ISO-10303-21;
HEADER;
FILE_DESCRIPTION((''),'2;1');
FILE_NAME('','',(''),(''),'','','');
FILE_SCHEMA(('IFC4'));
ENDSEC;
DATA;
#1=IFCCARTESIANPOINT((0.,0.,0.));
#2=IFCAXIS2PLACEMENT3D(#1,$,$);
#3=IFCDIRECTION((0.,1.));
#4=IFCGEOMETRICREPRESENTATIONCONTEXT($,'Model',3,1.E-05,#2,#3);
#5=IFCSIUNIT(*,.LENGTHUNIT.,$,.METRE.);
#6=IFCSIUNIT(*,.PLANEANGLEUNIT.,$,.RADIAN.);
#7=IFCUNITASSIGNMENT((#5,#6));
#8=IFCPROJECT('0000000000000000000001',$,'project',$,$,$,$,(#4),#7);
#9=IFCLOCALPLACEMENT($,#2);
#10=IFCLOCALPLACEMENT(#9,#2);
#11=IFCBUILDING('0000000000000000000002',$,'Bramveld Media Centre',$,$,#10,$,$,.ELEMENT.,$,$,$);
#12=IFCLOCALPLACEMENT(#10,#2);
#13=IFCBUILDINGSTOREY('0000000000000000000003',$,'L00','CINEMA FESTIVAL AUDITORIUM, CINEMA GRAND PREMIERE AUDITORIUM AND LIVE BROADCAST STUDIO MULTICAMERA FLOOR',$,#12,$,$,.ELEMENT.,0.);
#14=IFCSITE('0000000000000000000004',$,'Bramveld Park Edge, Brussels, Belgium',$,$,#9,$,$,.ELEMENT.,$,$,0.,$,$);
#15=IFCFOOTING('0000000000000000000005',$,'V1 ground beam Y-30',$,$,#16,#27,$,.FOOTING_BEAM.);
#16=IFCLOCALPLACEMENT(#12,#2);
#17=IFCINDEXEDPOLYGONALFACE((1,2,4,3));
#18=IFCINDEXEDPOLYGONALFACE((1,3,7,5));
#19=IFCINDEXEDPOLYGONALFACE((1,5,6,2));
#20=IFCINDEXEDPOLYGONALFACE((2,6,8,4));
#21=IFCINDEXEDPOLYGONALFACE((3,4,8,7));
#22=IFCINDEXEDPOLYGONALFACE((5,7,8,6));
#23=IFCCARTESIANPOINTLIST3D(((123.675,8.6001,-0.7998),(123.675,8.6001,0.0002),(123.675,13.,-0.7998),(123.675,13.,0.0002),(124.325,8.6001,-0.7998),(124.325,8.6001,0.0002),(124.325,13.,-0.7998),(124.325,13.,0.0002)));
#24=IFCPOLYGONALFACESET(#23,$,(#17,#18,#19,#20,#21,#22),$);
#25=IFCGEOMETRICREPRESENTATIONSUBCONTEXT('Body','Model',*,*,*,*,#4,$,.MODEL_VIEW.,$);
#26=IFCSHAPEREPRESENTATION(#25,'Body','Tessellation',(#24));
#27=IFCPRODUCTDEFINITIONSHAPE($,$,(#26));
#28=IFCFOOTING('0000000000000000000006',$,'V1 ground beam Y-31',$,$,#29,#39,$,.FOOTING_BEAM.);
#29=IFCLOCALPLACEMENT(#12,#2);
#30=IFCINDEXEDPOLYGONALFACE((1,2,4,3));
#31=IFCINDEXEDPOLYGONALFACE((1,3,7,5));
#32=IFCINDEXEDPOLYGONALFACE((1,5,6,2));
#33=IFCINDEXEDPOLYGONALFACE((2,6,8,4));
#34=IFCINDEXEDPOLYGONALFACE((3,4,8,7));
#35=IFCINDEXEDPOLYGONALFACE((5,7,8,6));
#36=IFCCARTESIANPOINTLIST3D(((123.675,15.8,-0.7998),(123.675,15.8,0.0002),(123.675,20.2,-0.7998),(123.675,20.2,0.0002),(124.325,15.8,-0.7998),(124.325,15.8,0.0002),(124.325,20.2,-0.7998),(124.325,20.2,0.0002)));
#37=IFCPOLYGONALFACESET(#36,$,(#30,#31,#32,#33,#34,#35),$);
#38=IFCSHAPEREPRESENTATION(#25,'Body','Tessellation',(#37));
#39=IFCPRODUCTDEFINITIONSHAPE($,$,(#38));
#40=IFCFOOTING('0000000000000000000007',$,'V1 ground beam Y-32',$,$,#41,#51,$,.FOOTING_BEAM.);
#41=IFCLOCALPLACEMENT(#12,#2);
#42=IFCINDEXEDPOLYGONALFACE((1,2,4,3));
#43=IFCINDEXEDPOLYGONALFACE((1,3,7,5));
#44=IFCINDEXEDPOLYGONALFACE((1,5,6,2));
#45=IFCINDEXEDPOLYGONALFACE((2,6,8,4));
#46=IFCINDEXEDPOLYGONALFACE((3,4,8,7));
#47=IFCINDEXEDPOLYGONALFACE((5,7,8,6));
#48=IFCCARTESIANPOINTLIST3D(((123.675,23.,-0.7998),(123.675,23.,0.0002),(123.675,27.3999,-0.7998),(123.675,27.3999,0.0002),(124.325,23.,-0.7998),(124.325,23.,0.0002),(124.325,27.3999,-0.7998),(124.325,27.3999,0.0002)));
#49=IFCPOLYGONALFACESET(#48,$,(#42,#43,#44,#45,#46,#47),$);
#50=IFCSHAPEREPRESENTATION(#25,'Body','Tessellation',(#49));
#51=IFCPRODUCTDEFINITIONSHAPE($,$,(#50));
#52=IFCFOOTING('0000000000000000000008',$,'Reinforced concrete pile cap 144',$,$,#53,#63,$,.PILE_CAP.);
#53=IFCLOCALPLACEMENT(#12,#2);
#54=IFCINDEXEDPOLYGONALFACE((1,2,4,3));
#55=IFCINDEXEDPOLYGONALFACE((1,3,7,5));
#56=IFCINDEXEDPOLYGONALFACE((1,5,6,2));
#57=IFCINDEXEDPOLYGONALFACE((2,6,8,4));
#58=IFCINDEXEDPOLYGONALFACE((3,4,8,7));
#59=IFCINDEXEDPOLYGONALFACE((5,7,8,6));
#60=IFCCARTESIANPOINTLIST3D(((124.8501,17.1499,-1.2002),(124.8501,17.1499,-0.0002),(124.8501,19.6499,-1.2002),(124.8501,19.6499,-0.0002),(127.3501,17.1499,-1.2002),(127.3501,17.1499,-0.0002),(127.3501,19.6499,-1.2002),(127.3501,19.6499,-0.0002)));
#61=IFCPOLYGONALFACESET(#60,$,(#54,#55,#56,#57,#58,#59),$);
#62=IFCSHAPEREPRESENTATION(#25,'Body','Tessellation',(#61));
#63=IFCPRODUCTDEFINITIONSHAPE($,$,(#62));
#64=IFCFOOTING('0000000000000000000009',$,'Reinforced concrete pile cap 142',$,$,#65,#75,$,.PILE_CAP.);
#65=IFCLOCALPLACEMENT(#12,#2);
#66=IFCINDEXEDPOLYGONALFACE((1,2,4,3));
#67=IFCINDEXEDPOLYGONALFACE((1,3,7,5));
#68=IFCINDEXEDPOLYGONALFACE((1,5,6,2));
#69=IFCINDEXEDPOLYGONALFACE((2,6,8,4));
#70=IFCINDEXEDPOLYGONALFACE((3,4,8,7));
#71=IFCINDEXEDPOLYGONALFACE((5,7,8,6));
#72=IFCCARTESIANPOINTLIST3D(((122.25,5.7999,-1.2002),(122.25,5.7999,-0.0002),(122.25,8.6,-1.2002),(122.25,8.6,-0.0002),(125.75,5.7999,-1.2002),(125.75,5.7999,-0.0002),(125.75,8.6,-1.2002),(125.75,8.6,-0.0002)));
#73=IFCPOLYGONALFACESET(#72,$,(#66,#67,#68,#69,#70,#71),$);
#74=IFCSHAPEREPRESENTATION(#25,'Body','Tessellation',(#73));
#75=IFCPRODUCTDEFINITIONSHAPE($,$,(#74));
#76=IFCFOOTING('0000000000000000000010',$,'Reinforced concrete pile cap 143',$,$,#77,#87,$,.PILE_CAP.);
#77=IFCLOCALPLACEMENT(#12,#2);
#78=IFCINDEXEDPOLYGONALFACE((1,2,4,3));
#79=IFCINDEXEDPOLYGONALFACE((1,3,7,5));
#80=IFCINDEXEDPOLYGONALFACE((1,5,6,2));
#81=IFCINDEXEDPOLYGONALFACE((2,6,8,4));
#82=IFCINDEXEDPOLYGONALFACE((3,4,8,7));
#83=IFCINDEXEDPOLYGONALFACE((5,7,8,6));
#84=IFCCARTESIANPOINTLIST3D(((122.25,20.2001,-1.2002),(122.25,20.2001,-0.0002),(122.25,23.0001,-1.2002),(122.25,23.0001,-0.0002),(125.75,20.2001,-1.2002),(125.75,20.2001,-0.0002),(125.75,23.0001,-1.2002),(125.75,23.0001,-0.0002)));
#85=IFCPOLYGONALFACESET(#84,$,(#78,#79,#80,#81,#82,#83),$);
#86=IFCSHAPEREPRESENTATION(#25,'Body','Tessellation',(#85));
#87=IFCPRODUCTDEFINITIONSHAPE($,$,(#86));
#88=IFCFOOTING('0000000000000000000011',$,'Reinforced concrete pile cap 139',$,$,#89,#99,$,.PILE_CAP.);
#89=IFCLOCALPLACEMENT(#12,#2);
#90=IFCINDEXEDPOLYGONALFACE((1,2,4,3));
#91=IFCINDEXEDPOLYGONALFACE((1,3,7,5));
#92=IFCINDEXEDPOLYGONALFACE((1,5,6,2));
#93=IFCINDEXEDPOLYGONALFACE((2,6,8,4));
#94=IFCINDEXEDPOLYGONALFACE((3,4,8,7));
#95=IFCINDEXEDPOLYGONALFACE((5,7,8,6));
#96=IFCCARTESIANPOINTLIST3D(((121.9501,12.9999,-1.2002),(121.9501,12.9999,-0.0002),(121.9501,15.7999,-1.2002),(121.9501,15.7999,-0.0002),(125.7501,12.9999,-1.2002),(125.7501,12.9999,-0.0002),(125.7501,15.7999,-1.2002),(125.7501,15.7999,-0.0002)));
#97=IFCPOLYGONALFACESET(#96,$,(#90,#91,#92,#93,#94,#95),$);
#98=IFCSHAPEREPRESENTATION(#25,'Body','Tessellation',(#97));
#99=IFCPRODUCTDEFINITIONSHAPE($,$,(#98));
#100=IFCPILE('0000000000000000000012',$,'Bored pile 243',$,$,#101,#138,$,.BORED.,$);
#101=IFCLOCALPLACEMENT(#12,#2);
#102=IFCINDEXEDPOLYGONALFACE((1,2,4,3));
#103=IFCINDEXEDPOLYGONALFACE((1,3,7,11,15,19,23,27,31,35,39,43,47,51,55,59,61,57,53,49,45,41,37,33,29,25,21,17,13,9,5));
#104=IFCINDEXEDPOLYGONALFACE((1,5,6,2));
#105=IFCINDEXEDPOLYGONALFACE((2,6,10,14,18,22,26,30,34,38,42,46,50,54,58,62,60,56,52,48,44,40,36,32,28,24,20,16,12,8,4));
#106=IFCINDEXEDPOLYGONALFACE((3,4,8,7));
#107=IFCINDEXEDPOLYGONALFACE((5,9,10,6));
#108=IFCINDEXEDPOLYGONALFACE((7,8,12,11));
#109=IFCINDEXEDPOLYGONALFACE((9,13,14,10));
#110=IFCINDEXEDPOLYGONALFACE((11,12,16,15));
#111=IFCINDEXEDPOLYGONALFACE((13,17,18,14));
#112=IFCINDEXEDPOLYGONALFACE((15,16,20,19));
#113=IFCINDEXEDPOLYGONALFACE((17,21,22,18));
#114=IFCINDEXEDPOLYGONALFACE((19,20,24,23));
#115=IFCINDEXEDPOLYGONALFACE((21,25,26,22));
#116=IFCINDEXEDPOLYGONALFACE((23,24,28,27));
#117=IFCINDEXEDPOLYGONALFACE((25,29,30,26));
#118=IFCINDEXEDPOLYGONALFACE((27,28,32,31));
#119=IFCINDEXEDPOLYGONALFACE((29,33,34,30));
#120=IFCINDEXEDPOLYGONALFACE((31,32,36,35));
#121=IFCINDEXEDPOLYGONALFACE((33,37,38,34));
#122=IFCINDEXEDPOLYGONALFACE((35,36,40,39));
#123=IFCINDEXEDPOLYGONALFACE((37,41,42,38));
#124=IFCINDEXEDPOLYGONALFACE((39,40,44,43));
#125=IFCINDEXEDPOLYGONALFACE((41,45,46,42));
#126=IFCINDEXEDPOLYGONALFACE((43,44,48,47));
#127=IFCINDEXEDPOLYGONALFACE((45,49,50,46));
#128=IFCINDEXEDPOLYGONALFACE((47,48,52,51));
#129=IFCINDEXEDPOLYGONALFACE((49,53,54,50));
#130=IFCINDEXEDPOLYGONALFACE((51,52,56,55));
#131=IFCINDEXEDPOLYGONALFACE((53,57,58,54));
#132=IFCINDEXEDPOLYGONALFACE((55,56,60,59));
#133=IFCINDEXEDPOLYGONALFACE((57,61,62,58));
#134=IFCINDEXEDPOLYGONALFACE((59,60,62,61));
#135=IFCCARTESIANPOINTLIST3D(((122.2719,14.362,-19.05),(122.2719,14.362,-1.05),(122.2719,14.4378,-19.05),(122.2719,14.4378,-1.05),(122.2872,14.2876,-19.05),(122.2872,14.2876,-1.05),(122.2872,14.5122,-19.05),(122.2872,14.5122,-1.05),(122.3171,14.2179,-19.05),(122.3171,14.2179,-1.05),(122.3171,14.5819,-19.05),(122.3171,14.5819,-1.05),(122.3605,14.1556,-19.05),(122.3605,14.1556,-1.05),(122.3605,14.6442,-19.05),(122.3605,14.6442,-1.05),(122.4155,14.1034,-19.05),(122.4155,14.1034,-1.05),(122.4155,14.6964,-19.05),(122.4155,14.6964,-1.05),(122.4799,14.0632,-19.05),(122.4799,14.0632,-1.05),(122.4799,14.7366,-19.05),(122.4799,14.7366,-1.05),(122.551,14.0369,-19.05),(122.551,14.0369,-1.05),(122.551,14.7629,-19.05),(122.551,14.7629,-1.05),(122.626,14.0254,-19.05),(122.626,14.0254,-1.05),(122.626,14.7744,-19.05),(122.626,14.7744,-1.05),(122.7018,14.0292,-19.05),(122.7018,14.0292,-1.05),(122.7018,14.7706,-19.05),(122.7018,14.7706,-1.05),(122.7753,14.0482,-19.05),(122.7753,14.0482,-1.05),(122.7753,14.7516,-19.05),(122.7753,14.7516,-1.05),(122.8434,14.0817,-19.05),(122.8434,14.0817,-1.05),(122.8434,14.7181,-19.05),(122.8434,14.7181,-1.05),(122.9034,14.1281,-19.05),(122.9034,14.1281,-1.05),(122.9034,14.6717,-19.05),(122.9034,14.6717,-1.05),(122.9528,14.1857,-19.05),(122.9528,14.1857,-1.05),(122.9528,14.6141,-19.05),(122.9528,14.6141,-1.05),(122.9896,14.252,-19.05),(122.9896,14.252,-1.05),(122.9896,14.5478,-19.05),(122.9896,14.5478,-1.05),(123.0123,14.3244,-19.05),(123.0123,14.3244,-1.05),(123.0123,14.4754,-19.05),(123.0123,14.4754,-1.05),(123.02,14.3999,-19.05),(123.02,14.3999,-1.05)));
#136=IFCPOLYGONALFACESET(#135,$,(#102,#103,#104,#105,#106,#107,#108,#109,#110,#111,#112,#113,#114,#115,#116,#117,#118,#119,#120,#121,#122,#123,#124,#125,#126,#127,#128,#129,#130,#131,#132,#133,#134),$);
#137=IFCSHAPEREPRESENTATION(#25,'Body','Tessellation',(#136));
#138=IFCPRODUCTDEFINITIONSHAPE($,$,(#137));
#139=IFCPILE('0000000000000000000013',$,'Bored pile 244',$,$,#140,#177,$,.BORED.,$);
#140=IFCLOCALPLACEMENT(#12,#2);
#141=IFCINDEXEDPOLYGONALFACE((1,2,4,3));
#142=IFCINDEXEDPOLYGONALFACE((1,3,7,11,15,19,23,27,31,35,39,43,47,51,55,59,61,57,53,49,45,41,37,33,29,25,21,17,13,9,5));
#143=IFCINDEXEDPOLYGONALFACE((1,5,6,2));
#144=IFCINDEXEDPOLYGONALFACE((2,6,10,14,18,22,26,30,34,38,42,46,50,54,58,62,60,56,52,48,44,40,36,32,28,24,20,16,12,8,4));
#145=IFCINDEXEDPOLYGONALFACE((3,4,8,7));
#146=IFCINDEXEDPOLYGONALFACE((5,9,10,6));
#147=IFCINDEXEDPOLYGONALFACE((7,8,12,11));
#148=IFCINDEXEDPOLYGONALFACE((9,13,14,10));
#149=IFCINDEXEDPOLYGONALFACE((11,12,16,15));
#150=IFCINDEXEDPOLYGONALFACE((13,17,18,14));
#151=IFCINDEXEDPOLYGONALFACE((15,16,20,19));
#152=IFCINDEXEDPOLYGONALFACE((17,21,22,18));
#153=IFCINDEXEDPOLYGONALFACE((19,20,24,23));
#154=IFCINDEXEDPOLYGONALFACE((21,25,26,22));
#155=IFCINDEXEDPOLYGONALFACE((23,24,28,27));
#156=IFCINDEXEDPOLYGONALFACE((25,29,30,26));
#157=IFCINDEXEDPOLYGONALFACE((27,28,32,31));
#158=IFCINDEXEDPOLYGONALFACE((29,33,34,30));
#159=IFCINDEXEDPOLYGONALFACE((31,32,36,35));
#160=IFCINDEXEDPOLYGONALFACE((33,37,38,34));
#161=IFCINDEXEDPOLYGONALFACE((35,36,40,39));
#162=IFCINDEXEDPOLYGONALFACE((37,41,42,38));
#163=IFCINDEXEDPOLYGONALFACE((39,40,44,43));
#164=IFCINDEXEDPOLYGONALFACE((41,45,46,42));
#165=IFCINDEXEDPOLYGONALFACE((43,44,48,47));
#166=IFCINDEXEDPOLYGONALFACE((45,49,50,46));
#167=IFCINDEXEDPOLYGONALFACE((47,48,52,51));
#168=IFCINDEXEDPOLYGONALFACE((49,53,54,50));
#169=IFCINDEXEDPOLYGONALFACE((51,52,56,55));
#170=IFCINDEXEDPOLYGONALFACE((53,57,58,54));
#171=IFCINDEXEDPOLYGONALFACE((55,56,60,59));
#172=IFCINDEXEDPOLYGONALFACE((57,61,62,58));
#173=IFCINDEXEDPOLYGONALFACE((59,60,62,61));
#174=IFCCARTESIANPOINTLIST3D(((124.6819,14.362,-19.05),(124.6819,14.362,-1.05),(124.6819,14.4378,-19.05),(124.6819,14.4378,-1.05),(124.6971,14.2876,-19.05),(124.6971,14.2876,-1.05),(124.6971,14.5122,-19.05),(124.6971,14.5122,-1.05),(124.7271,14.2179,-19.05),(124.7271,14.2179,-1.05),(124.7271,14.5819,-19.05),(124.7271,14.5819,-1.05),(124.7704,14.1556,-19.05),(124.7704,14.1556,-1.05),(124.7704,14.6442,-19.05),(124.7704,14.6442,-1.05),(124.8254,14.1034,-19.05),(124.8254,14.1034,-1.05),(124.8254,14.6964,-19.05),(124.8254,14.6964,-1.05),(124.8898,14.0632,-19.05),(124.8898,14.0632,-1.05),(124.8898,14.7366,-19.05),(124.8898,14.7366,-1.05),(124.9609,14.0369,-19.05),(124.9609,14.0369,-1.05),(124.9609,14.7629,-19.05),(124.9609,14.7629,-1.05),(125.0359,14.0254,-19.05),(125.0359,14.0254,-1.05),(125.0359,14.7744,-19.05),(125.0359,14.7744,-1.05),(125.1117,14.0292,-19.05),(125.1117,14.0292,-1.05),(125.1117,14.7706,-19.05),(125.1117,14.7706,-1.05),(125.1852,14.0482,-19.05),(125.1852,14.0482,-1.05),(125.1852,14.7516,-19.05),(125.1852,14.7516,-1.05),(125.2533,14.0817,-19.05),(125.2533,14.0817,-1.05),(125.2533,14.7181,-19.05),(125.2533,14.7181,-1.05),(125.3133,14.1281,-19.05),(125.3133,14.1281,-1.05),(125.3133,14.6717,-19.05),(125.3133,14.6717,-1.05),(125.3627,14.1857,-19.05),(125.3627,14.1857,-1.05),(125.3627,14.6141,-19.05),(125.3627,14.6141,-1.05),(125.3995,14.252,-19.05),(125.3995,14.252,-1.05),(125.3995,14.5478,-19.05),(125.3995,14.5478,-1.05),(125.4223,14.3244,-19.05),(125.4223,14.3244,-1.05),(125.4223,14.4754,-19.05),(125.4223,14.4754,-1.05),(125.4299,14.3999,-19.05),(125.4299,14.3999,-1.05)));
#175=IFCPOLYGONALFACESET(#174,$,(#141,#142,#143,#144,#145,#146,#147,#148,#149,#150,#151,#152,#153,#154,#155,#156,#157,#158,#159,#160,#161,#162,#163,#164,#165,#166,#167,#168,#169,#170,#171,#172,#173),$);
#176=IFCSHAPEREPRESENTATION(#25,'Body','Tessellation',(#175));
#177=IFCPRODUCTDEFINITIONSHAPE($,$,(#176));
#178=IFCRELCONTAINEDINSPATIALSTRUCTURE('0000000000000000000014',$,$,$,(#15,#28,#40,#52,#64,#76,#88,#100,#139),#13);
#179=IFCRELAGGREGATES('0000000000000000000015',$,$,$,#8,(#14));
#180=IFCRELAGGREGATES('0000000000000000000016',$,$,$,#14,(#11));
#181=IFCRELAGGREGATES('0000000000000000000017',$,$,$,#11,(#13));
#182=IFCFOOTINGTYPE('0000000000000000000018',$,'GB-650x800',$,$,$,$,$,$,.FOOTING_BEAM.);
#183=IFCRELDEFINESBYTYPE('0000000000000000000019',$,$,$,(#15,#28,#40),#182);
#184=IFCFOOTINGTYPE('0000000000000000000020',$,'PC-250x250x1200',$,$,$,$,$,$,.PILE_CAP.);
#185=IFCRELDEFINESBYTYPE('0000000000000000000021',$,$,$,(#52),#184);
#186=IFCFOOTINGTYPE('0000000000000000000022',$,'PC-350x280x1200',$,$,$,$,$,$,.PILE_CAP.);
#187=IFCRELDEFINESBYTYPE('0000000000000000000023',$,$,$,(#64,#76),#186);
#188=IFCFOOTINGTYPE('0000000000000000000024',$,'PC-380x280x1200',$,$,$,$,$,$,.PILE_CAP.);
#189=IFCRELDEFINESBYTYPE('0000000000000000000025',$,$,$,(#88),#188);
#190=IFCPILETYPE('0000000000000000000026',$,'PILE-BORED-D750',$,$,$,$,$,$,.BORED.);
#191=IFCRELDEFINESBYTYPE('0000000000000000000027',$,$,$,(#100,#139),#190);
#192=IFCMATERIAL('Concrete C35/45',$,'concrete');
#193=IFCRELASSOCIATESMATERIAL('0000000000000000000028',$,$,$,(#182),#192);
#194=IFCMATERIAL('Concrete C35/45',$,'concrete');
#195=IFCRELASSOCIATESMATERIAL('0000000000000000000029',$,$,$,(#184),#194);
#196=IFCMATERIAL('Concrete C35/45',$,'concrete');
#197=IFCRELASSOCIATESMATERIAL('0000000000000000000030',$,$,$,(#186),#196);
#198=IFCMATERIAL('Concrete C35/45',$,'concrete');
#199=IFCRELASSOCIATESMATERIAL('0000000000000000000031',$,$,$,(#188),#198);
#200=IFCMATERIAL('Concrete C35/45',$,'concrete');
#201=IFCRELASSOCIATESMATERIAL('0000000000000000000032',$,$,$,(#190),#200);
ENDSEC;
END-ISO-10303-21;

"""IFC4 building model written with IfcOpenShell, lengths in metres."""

from ifc_helpers import new_model, si_unit, direction, frame, origin, origin_2d, place, context, subcontext, project, spatial, rectangle, circle, extrude, material, material_profile, profile_set, type_object, element, save


model = new_model("IFC4")

# Units and contexts
model_context = context("Model", 3, precision=1e-05, world=origin(), true_north=direction((0.0, 1.0)))
body_context = subcontext(model_context, "Body", "Model", "MODEL_VIEW")
ifc_project = project(units=[si_unit("LENGTHUNIT", "METRE"), si_unit("PLANEANGLEUNIT", "RADIAN")], contexts=[model_context])

# Site, building, storey
site_placement = place(None, origin())
site = spatial("IfcSite", under=ifc_project, at=site_placement, Name="Bramveld Park Edge, Brussels, Belgium", CompositionType="ELEMENT", RefElevation=0.0)
building_placement = place(site_placement, origin())
building = spatial("IfcBuilding", under=site, at=building_placement, Name="Bramveld Media Centre", CompositionType="ELEMENT")
storey_placement = place(building_placement, origin())
storey = spatial("IfcBuildingStorey", under=building, at=storey_placement, Name="L00", Description="CINEMA FESTIVAL AUDITORIUM, CINEMA GRAND PREMIERE AUDITORIUM AND LIVE BROADCAST STUDIO MULTICAMERA FLOOR", CompositionType="ELEMENT", Elevation=0.0)

# Footings
ifc_material_1 = material(Name="Concrete C35/45", Category="concrete")
footing_type_1 = type_object("IfcFootingType", Name="GB-650x800", PredefinedType="FOOTING_BEAM", material=ifc_material_1)
for number, where, z_axis, x_axis, name in (
    (1, (124.0, 10.8, -0.7998), (0.0, 0.0, 1.0), (1.0, 0.0, 0.0), "V1 ground beam Y-30"),
    (2, (124.0, 18.0, -0.7998), (0.0, 0.0, 1.0), (1.0, 0.0, 0.0), "V1 ground beam Y-31"),
    (3, (124.0, 25.2, -0.7998), (0.0, 0.0, 1.0), (1.0, 0.0, 0.0), "V1 ground beam Y-32"),
):
    element("IfcFooting", number, at=place(storey_placement, frame(where, z_axis=z_axis, x_axis=x_axis)), inside=storey, type_object=footing_type_1, Name=name, PredefinedType="FOOTING_BEAM", context=body_context, shape_type="SweptSolid", body=[
        extrude(rectangle(XDim=0.6499, YDim=4.3999, at=origin_2d()), origin(), (0.0, 0.0, 1.0), 0.8),
    ])
ifc_material_2 = material(Name="Concrete C35/45", Category="concrete")
footing_type_2 = type_object("IfcFootingType", Name="PC-250x250x1200", PredefinedType="PILE_CAP", material=ifc_material_2)
footing_1_placement = place(storey_placement, frame((126.1001, 18.3999, -1.2002), z_axis=(0.0, 0.0, 1.0), x_axis=(1.0, 0.0, 0.0)))
element("IfcFooting", 4, at=footing_1_placement, inside=storey, type_object=footing_type_2, Name="Reinforced concrete pile cap 144", PredefinedType="PILE_CAP", context=body_context, shape_type="SweptSolid", body=[
    extrude(rectangle(XDim=2.5, YDim=2.5, at=origin_2d()), origin(), (0.0, 0.0, 1.0), 1.2),
])
ifc_material_3 = material(Name="Concrete C35/45", Category="concrete")
footing_type_3 = type_object("IfcFootingType", Name="PC-350x280x1200", PredefinedType="PILE_CAP", material=ifc_material_3)
for number, where, z_axis, x_axis, name in (
    (5, (124.0, 7.2, -1.2002), (0.0, 0.0, 1.0), (1.0, 0.0, 0.0), "Reinforced concrete pile cap 142"),
    (6, (124.0, 21.6001, -1.2002), (0.0, 0.0, 1.0), (1.0, 0.0, 0.0), "Reinforced concrete pile cap 143"),
):
    element("IfcFooting", number, at=place(storey_placement, frame(where, z_axis=z_axis, x_axis=x_axis)), inside=storey, type_object=footing_type_3, Name=name, PredefinedType="PILE_CAP", context=body_context, shape_type="SweptSolid", body=[
        extrude(rectangle(XDim=3.5, YDim=2.8, at=origin_2d()), origin(), (0.0, 0.0, 1.0), 1.2),
    ])
ifc_material_4 = material(Name="Concrete C35/45", Category="concrete")
footing_type_4 = type_object("IfcFootingType", Name="PC-380x280x1200", PredefinedType="PILE_CAP", material=ifc_material_4)
footing_2_placement = place(storey_placement, frame((123.8501, 14.3999, -1.2002), z_axis=(0.0, 0.0, 1.0), x_axis=(1.0, 0.0, 0.0)))
element("IfcFooting", 7, at=footing_2_placement, inside=storey, type_object=footing_type_4, Name="Reinforced concrete pile cap 139", PredefinedType="PILE_CAP", context=body_context, shape_type="SweptSolid", body=[
    extrude(rectangle(XDim=3.8, YDim=2.8, at=origin_2d()), origin(), (0.0, 0.0, 1.0), 1.2),
])

# Piles
ifc_material_5 = material(Name="Concrete C35/45", Category="concrete")
ifc_material_profile_1 = material_profile(ifc_material_5, circle(Radius=0.375, at=origin_2d()), Name="BORED D750")
ifc_profile_set_1 = profile_set([ifc_material_profile_1], Name="Concrete C35/45")
pile_type = type_object("IfcPileType", Name="PILE-BORED-D750", PredefinedType="BORED", material=ifc_profile_set_1)
for number, where, z_axis, x_axis, name in (
    (8, (122.645, 14.3999, -1.05), (0.0, 0.0, -1.0), (1.0, 0.0, 0.0), "Bored pile 243"),
    (9, (125.0549, 14.3999, -1.05), (0.0, 0.0, -1.0), (1.0, 0.0, 0.0), "Bored pile 244"),
):
    element("IfcPile", number, at=place(storey_placement, frame(where, z_axis=z_axis, x_axis=x_axis)), inside=storey, type_object=pile_type, Name=name, PredefinedType="BORED", context=body_context, shape_type="SweptSolid", body=[
        extrude(circle(Radius=0.375, at=origin_2d()), origin(), (0.0, 0.0, 1.0), 18.0),
    ])

save(model, "model.ifc")
